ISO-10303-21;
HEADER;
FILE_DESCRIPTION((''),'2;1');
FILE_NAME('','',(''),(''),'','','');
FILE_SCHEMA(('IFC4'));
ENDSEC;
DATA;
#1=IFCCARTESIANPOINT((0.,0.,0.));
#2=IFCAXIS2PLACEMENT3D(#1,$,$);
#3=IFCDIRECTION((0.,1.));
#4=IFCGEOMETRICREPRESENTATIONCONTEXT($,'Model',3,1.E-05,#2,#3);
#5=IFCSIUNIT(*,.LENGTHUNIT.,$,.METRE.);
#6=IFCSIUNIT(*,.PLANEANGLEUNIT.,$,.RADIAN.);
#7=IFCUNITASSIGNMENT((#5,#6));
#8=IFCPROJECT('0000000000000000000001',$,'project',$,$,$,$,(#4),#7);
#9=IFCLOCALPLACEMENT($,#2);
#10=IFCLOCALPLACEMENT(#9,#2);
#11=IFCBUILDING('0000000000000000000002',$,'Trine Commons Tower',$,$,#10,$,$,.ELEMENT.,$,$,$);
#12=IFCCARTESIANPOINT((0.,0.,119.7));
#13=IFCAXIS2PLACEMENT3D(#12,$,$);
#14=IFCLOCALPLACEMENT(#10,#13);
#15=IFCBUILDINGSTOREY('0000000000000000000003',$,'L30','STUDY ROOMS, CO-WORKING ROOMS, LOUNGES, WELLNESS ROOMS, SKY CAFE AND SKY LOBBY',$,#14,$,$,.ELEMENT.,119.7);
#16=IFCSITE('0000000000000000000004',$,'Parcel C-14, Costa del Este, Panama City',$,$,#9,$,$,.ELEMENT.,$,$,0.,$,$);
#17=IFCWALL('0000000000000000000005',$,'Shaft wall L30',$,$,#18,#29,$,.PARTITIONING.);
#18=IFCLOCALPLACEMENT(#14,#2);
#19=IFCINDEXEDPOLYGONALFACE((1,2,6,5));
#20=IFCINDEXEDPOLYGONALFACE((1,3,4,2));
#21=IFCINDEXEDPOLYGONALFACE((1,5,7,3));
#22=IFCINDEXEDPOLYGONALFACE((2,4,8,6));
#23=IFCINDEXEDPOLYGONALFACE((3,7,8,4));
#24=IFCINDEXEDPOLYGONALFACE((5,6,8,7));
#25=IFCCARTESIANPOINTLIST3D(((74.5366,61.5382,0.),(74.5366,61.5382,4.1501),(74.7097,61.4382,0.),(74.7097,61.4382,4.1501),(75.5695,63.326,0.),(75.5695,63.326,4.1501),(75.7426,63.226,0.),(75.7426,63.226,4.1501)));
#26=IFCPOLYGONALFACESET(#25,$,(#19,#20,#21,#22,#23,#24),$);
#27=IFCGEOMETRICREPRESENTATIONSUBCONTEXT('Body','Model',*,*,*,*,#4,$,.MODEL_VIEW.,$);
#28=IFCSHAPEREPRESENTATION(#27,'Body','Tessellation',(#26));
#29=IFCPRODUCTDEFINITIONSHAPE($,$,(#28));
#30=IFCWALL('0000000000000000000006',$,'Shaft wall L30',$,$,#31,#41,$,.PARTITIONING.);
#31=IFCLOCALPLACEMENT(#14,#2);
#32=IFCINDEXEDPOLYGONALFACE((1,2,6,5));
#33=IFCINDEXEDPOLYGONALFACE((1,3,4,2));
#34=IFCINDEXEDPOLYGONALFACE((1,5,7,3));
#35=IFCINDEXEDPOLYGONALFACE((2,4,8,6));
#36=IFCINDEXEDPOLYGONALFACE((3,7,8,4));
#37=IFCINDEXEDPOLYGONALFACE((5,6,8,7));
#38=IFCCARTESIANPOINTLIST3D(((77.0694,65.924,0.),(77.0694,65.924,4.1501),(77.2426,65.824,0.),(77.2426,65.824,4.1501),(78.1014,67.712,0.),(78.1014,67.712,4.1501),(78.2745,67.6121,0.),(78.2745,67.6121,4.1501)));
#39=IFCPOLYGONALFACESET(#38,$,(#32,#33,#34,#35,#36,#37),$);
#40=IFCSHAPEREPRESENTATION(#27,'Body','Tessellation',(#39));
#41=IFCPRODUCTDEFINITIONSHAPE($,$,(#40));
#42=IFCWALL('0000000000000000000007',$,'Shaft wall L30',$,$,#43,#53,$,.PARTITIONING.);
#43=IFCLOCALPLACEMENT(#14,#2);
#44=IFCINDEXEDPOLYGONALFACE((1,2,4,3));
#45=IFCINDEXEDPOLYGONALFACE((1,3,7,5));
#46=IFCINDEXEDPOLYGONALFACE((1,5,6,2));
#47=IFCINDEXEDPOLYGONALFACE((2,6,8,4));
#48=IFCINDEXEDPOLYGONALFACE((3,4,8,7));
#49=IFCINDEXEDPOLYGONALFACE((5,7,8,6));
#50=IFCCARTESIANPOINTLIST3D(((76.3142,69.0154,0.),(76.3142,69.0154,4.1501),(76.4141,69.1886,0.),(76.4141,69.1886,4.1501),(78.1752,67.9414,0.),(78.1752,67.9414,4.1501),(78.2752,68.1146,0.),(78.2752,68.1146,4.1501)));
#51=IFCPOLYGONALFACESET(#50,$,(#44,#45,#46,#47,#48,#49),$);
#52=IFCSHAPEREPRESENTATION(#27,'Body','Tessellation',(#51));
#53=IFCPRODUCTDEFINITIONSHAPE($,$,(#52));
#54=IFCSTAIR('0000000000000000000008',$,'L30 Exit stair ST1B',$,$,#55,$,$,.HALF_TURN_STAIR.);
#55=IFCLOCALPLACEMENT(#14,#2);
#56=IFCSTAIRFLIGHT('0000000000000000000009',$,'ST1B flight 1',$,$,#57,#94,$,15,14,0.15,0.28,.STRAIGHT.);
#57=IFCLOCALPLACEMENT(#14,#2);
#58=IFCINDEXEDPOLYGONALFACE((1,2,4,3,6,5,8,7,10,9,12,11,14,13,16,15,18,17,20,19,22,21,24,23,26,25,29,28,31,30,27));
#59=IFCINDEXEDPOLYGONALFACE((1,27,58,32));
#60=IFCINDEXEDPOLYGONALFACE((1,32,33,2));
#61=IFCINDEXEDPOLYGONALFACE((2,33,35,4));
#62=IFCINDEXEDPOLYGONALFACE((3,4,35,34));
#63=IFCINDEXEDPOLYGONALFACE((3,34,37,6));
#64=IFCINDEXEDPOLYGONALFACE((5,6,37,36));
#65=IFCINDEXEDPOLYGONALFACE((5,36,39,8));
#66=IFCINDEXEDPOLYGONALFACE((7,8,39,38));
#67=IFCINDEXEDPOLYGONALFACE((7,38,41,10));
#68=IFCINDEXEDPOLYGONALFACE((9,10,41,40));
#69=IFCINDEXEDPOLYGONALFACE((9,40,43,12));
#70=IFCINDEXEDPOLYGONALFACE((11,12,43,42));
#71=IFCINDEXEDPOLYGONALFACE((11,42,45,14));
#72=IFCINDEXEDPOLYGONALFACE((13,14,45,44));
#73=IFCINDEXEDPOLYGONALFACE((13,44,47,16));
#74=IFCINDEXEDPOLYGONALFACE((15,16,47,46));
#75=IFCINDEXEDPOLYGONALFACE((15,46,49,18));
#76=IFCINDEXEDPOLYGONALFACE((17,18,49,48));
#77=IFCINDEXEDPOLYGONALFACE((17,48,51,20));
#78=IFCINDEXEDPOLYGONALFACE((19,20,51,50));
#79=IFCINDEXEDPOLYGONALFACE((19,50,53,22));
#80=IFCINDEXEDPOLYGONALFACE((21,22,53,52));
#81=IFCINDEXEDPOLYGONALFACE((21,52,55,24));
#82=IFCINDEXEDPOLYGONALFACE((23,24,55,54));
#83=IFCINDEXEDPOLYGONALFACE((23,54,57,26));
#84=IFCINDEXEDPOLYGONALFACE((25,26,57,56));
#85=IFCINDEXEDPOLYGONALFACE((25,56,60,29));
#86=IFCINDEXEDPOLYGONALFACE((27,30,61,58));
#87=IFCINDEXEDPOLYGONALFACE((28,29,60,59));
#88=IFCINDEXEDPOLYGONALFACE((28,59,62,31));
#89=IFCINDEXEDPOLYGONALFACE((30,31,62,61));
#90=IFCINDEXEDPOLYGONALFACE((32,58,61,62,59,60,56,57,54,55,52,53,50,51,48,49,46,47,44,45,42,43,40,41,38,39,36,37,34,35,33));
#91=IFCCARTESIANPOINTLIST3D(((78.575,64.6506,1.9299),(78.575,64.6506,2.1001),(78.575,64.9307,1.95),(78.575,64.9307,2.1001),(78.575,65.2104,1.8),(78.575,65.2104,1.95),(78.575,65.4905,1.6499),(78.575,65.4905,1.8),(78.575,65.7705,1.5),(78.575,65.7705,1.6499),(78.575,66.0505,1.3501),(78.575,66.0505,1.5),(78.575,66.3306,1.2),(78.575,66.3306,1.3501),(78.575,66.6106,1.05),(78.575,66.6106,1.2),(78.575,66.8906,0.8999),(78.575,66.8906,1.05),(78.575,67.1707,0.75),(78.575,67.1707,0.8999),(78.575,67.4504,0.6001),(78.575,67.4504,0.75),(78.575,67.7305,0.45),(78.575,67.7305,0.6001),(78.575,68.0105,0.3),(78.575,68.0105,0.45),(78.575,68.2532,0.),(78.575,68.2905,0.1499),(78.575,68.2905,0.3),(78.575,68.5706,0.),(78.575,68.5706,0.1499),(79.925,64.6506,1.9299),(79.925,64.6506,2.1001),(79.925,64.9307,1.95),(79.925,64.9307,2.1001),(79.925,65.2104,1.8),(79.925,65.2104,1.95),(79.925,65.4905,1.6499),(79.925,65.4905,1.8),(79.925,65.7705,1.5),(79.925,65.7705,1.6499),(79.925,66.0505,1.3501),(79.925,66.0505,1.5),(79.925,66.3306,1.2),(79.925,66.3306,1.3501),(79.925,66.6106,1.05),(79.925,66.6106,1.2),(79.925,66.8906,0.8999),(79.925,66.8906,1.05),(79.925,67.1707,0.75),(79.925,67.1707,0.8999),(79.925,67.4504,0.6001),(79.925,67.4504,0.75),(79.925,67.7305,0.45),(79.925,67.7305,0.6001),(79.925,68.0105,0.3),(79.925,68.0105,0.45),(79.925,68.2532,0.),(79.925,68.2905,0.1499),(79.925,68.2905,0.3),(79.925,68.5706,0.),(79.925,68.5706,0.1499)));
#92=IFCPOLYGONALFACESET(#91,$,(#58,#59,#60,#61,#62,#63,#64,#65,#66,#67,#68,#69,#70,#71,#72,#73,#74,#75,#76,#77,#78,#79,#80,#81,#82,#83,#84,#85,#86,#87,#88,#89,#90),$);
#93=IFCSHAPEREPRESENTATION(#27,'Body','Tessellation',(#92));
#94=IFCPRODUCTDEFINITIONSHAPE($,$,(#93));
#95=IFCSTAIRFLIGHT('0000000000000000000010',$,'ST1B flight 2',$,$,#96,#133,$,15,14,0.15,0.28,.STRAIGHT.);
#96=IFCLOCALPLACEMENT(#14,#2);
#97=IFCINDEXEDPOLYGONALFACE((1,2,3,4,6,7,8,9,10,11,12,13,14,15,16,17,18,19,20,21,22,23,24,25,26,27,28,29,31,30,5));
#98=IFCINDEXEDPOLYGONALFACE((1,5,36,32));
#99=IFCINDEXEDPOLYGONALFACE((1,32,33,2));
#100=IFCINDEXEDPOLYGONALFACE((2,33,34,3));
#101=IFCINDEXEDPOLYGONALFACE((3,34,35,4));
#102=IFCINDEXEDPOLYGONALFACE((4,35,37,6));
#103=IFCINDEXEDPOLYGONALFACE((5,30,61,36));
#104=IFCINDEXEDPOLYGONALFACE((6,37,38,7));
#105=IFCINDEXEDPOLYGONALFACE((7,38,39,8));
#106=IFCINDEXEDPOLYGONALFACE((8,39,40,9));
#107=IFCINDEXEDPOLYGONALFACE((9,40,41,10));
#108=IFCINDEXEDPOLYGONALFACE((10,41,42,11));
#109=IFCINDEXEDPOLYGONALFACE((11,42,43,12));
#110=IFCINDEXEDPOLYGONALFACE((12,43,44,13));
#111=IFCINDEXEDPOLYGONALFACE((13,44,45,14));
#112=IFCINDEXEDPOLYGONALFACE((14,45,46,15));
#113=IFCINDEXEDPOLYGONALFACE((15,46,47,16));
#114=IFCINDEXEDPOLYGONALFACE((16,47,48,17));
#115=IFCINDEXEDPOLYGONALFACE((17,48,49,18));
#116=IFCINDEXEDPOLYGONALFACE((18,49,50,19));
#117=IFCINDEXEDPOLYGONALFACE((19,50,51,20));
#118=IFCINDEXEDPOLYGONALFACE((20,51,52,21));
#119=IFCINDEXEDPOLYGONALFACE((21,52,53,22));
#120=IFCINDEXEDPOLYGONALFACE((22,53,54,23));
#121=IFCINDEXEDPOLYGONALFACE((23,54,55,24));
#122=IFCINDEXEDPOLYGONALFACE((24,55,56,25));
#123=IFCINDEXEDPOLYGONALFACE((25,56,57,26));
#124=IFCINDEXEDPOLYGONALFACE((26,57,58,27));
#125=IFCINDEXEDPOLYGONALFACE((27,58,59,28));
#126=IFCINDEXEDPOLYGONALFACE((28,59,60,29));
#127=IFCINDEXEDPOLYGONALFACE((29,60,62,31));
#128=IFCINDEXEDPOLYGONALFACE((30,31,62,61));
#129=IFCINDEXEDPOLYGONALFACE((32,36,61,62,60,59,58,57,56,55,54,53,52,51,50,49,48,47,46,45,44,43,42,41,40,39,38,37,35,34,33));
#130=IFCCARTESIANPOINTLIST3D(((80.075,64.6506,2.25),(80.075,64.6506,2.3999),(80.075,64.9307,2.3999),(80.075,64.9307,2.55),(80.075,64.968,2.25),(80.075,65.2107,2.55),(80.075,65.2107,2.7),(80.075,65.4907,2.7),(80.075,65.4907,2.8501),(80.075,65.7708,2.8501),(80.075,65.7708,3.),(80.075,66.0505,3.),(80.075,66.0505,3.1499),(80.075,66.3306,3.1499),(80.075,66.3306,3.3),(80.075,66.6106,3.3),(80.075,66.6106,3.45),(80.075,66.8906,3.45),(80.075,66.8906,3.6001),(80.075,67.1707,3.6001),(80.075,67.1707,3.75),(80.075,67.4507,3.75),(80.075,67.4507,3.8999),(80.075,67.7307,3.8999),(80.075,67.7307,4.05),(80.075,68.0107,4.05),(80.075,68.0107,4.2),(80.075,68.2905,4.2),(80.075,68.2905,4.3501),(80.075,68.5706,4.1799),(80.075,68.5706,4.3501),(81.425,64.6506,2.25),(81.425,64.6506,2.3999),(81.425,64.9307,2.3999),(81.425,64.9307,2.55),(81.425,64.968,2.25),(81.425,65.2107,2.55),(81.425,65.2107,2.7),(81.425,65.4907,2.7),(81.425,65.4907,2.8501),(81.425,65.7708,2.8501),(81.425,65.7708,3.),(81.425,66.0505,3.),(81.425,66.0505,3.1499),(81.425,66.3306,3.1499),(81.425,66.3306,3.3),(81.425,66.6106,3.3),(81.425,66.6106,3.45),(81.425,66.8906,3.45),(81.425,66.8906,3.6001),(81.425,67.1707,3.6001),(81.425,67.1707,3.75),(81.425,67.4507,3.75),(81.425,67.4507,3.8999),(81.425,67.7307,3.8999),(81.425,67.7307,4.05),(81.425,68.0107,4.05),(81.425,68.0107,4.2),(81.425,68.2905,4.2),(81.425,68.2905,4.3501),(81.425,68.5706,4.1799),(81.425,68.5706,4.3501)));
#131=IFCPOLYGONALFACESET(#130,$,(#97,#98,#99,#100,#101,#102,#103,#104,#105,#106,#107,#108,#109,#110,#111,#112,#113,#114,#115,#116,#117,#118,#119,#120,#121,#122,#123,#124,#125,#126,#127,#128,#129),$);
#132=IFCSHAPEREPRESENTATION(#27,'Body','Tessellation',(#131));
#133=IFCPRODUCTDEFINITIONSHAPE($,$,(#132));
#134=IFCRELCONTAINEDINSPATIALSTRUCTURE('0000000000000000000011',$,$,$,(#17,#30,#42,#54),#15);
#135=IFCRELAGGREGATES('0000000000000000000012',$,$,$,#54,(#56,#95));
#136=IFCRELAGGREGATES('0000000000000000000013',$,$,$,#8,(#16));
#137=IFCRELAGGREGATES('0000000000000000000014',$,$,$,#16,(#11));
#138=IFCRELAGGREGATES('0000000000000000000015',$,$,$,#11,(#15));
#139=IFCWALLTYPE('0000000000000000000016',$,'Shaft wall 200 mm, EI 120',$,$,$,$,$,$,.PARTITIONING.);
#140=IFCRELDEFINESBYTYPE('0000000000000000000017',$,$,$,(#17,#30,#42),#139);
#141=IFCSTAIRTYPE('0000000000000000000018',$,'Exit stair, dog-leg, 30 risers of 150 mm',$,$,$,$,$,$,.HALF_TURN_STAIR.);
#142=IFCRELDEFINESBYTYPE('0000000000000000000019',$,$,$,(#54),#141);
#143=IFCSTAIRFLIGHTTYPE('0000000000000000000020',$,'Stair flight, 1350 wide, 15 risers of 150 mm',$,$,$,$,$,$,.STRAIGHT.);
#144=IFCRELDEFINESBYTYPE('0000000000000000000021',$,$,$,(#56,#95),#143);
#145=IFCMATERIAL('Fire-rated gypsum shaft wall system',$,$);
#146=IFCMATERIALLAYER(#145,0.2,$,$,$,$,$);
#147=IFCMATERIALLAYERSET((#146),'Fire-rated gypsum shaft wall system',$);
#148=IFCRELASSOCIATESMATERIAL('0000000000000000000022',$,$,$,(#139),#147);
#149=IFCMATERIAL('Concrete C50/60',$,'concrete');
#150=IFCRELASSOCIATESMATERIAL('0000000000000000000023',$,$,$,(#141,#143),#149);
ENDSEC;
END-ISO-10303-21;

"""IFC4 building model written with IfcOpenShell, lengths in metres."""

from ifc_helpers import new_model, si_unit, direction, frame, frame_2d, origin, place, context, subcontext, project, spatial, polyline, rectangle, outline, extrude, material, layer, layer_set, type_object, element, aggregate, save


model = new_model("IFC4")

# Units and contexts
model_context = context("Model", 3, precision=1e-05, world=origin(), true_north=direction((0.0, 1.0)))
body_context = subcontext(model_context, "Body", "Model", "MODEL_VIEW")
ifc_project = project(units=[si_unit("LENGTHUNIT", "METRE"), si_unit("PLANEANGLEUNIT", "RADIAN")], contexts=[model_context])

# Site, building, storey
site_placement = place(None, origin())
site = spatial("IfcSite", under=ifc_project, at=site_placement, Name="Parcel C-14, Costa del Este, Panama City", CompositionType="ELEMENT", RefElevation=0.0)
building_placement = place(site_placement, origin())
building = spatial("IfcBuilding", under=site, at=building_placement, Name="Trine Commons Tower", CompositionType="ELEMENT")
storey_placement = place(building_placement, frame((0.0, 0.0, 119.7)))
storey = spatial("IfcBuildingStorey", under=building, at=storey_placement, Name="L30", Description="STUDY ROOMS, CO-WORKING ROOMS, LOUNGES, WELLNESS ROOMS, SKY CAFE AND SKY LOBBY", CompositionType="ELEMENT", Elevation=119.7)

# Shared definitions
ifc_material_1 = material(Name="Fire-rated gypsum shaft wall system")

# Walls
ifc_layer_1 = layer(ifc_material_1, 0.2)
ifc_layer_set_1 = layer_set([ifc_layer_1], Name="Fire-rated gypsum shaft wall system")
wall_type_1 = type_object("IfcWallType", Name="Shaft wall 200 mm, EI 120", PredefinedType="PARTITIONING", material=ifc_layer_set_1)
wall_1_placement = place(storey_placement, frame((75.656, 63.2759, 0.0), z_axis=(0.0, 0.0, 1.0), x_axis=(-0.500272, -0.865868, 0.0)))
element("IfcWall", 1, at=wall_1_placement, inside=storey, type_object=wall_type_1, Name="Shaft wall L30", PredefinedType="PARTITIONING", context=body_context, shape_type="SweptSolid", body=[
    extrude(rectangle(XDim=2.0647, YDim=0.2, at=frame_2d((1.0322, 0.0))), origin(), (0.0, 0.0, 1.0), 4.1501),
])
wall_2_placement = place(storey_placement, frame((77.156, 65.874, 0.0), z_axis=(0.0, 0.0, 1.0), x_axis=(0.499866, 0.866103, 0.0)))
element("IfcWall", 2, at=wall_2_placement, inside=storey, type_object=wall_type_1, Name="Shaft wall L30", PredefinedType="PARTITIONING", context=body_context, shape_type="SweptSolid", body=[
    extrude(rectangle(XDim=2.0645, YDim=0.2, at=frame_2d((1.0322, 0.0))), origin(), (0.0, 0.0, 1.0), 4.1501),
])
wall_3_placement = place(storey_placement, frame((78.2251, 68.0281, 0.0), z_axis=(0.0, 0.0, 1.0), x_axis=(-0.866131, 0.499818, 0.0)))
element("IfcWall", 3, at=wall_3_placement, inside=storey, type_object=wall_type_1, Name="Shaft wall L30", PredefinedType="PARTITIONING", context=body_context, shape_type="SweptSolid", body=[
    extrude(rectangle(XDim=2.1487, YDim=0.2, at=frame_2d((1.0742, 0.0))), origin(), (0.0, 0.0, 1.0), 4.1501),
])

# Stair, stair flights
ifc_material_2 = material(Name="Concrete C50/60", Category="concrete")
stair_type = type_object("IfcStairType", Name="Exit stair, dog-leg, 30 risers of 150 mm", PredefinedType="HALF_TURN_STAIR", material=ifc_material_2)
stair_placement = place(storey_placement, origin())
stair = element("IfcStair", 4, at=stair_placement, inside=storey, type_object=stair_type, Name="L30 Exit stair ST1B", PredefinedType="HALF_TURN_STAIR")
stair_flight_type = type_object("IfcStairFlightType", Name="Stair flight, 1350 wide, 15 risers of 150 mm", PredefinedType="STRAIGHT", material=ifc_material_2)
stair_flight_1_placement = place(storey_placement, frame((79.25, 68.5706, 0.0), z_axis=(0.0, 0.0, 1.0), x_axis=(0.0, -1.0, 0.0)))
stair_flight_1 = element("IfcStairFlight", 5, at=stair_flight_1_placement, type_object=stair_flight_type, Name="ST1B flight 1", NumberOfRisers=15, NumberOfTreads=14, PredefinedType="STRAIGHT", RiserHeight=0.15, TreadLength=0.28, context=body_context, shape_type="SweptSolid", body=[
    extrude(outline(polyline([(0.0, 0.0), (0.0, 0.1499), (0.28, 0.1499), (0.28, 0.3), (0.5601, 0.3), (0.5601, 0.45), (0.8401, 0.45), (0.8401, 0.6001), (1.1201, 0.6001), (1.1201, 0.75), (1.3999, 0.75), (1.3999, 0.8999), (1.6799, 0.8999), (1.6799, 1.05), (1.96, 1.05), (1.96, 1.2), (2.24, 1.2), (2.24, 1.3501), (2.52, 1.3501), (2.52, 1.5), (2.8, 1.5), (2.8, 1.6499), (3.0801, 1.6499), (3.0801, 1.8), (3.3601, 1.8), (3.3601, 1.95), (3.6399, 1.95), (3.6399, 2.1001), (3.9199, 2.1001), (3.9199, 2.25), (3.9199, 1.9299), (0.3174, 0.0), (0.0, 0.0)])), frame((0.0, 0.675, 0.0), z_axis=(0.0, -1.0, 0.0), x_axis=(1.0, 0.0, 0.0)), (0.0, 0.0, 1.0), 1.3501),
])
stair_flight_2_placement = place(storey_placement, frame((80.75, 64.6506, 2.25), z_axis=(0.0, 0.0, 1.0), x_axis=(0.0, 1.0, 0.0)))
stair_flight_2 = element("IfcStairFlight", 6, at=stair_flight_2_placement, type_object=stair_flight_type, Name="ST1B flight 2", NumberOfRisers=15, NumberOfTreads=14, PredefinedType="STRAIGHT", RiserHeight=0.15, TreadLength=0.28, context=body_context, shape_type="SweptSolid", body=[
    extrude(outline(polyline([(0.0, 0.0), (0.0, 0.1499), (0.28, 0.1499), (0.28, 0.3), (0.5601, 0.3), (0.5601, 0.45), (0.8401, 0.45), (0.8401, 0.6001), (1.1201, 0.6001), (1.1201, 0.75), (1.3999, 0.75), (1.3999, 0.8999), (1.6799, 0.8999), (1.6799, 1.05), (1.96, 1.05), (1.96, 1.2), (2.24, 1.2), (2.24, 1.3501), (2.52, 1.3501), (2.52, 1.5), (2.8, 1.5), (2.8, 1.6499), (3.0801, 1.6499), (3.0801, 1.8), (3.3601, 1.8), (3.3601, 1.95), (3.6399, 1.95), (3.6399, 2.1001), (3.9199, 2.1001), (3.9199, 2.25), (3.9199, 1.9299), (0.3174, 0.0), (0.0, 0.0)])), frame((0.0, 0.675, 0.0), z_axis=(0.0, -1.0, 0.0), x_axis=(1.0, 0.0, 0.0)), (0.0, 0.0, 1.0), 1.3501),
])
aggregate(stair, [stair_flight_1, stair_flight_2])

save(model, "model.ifc")
